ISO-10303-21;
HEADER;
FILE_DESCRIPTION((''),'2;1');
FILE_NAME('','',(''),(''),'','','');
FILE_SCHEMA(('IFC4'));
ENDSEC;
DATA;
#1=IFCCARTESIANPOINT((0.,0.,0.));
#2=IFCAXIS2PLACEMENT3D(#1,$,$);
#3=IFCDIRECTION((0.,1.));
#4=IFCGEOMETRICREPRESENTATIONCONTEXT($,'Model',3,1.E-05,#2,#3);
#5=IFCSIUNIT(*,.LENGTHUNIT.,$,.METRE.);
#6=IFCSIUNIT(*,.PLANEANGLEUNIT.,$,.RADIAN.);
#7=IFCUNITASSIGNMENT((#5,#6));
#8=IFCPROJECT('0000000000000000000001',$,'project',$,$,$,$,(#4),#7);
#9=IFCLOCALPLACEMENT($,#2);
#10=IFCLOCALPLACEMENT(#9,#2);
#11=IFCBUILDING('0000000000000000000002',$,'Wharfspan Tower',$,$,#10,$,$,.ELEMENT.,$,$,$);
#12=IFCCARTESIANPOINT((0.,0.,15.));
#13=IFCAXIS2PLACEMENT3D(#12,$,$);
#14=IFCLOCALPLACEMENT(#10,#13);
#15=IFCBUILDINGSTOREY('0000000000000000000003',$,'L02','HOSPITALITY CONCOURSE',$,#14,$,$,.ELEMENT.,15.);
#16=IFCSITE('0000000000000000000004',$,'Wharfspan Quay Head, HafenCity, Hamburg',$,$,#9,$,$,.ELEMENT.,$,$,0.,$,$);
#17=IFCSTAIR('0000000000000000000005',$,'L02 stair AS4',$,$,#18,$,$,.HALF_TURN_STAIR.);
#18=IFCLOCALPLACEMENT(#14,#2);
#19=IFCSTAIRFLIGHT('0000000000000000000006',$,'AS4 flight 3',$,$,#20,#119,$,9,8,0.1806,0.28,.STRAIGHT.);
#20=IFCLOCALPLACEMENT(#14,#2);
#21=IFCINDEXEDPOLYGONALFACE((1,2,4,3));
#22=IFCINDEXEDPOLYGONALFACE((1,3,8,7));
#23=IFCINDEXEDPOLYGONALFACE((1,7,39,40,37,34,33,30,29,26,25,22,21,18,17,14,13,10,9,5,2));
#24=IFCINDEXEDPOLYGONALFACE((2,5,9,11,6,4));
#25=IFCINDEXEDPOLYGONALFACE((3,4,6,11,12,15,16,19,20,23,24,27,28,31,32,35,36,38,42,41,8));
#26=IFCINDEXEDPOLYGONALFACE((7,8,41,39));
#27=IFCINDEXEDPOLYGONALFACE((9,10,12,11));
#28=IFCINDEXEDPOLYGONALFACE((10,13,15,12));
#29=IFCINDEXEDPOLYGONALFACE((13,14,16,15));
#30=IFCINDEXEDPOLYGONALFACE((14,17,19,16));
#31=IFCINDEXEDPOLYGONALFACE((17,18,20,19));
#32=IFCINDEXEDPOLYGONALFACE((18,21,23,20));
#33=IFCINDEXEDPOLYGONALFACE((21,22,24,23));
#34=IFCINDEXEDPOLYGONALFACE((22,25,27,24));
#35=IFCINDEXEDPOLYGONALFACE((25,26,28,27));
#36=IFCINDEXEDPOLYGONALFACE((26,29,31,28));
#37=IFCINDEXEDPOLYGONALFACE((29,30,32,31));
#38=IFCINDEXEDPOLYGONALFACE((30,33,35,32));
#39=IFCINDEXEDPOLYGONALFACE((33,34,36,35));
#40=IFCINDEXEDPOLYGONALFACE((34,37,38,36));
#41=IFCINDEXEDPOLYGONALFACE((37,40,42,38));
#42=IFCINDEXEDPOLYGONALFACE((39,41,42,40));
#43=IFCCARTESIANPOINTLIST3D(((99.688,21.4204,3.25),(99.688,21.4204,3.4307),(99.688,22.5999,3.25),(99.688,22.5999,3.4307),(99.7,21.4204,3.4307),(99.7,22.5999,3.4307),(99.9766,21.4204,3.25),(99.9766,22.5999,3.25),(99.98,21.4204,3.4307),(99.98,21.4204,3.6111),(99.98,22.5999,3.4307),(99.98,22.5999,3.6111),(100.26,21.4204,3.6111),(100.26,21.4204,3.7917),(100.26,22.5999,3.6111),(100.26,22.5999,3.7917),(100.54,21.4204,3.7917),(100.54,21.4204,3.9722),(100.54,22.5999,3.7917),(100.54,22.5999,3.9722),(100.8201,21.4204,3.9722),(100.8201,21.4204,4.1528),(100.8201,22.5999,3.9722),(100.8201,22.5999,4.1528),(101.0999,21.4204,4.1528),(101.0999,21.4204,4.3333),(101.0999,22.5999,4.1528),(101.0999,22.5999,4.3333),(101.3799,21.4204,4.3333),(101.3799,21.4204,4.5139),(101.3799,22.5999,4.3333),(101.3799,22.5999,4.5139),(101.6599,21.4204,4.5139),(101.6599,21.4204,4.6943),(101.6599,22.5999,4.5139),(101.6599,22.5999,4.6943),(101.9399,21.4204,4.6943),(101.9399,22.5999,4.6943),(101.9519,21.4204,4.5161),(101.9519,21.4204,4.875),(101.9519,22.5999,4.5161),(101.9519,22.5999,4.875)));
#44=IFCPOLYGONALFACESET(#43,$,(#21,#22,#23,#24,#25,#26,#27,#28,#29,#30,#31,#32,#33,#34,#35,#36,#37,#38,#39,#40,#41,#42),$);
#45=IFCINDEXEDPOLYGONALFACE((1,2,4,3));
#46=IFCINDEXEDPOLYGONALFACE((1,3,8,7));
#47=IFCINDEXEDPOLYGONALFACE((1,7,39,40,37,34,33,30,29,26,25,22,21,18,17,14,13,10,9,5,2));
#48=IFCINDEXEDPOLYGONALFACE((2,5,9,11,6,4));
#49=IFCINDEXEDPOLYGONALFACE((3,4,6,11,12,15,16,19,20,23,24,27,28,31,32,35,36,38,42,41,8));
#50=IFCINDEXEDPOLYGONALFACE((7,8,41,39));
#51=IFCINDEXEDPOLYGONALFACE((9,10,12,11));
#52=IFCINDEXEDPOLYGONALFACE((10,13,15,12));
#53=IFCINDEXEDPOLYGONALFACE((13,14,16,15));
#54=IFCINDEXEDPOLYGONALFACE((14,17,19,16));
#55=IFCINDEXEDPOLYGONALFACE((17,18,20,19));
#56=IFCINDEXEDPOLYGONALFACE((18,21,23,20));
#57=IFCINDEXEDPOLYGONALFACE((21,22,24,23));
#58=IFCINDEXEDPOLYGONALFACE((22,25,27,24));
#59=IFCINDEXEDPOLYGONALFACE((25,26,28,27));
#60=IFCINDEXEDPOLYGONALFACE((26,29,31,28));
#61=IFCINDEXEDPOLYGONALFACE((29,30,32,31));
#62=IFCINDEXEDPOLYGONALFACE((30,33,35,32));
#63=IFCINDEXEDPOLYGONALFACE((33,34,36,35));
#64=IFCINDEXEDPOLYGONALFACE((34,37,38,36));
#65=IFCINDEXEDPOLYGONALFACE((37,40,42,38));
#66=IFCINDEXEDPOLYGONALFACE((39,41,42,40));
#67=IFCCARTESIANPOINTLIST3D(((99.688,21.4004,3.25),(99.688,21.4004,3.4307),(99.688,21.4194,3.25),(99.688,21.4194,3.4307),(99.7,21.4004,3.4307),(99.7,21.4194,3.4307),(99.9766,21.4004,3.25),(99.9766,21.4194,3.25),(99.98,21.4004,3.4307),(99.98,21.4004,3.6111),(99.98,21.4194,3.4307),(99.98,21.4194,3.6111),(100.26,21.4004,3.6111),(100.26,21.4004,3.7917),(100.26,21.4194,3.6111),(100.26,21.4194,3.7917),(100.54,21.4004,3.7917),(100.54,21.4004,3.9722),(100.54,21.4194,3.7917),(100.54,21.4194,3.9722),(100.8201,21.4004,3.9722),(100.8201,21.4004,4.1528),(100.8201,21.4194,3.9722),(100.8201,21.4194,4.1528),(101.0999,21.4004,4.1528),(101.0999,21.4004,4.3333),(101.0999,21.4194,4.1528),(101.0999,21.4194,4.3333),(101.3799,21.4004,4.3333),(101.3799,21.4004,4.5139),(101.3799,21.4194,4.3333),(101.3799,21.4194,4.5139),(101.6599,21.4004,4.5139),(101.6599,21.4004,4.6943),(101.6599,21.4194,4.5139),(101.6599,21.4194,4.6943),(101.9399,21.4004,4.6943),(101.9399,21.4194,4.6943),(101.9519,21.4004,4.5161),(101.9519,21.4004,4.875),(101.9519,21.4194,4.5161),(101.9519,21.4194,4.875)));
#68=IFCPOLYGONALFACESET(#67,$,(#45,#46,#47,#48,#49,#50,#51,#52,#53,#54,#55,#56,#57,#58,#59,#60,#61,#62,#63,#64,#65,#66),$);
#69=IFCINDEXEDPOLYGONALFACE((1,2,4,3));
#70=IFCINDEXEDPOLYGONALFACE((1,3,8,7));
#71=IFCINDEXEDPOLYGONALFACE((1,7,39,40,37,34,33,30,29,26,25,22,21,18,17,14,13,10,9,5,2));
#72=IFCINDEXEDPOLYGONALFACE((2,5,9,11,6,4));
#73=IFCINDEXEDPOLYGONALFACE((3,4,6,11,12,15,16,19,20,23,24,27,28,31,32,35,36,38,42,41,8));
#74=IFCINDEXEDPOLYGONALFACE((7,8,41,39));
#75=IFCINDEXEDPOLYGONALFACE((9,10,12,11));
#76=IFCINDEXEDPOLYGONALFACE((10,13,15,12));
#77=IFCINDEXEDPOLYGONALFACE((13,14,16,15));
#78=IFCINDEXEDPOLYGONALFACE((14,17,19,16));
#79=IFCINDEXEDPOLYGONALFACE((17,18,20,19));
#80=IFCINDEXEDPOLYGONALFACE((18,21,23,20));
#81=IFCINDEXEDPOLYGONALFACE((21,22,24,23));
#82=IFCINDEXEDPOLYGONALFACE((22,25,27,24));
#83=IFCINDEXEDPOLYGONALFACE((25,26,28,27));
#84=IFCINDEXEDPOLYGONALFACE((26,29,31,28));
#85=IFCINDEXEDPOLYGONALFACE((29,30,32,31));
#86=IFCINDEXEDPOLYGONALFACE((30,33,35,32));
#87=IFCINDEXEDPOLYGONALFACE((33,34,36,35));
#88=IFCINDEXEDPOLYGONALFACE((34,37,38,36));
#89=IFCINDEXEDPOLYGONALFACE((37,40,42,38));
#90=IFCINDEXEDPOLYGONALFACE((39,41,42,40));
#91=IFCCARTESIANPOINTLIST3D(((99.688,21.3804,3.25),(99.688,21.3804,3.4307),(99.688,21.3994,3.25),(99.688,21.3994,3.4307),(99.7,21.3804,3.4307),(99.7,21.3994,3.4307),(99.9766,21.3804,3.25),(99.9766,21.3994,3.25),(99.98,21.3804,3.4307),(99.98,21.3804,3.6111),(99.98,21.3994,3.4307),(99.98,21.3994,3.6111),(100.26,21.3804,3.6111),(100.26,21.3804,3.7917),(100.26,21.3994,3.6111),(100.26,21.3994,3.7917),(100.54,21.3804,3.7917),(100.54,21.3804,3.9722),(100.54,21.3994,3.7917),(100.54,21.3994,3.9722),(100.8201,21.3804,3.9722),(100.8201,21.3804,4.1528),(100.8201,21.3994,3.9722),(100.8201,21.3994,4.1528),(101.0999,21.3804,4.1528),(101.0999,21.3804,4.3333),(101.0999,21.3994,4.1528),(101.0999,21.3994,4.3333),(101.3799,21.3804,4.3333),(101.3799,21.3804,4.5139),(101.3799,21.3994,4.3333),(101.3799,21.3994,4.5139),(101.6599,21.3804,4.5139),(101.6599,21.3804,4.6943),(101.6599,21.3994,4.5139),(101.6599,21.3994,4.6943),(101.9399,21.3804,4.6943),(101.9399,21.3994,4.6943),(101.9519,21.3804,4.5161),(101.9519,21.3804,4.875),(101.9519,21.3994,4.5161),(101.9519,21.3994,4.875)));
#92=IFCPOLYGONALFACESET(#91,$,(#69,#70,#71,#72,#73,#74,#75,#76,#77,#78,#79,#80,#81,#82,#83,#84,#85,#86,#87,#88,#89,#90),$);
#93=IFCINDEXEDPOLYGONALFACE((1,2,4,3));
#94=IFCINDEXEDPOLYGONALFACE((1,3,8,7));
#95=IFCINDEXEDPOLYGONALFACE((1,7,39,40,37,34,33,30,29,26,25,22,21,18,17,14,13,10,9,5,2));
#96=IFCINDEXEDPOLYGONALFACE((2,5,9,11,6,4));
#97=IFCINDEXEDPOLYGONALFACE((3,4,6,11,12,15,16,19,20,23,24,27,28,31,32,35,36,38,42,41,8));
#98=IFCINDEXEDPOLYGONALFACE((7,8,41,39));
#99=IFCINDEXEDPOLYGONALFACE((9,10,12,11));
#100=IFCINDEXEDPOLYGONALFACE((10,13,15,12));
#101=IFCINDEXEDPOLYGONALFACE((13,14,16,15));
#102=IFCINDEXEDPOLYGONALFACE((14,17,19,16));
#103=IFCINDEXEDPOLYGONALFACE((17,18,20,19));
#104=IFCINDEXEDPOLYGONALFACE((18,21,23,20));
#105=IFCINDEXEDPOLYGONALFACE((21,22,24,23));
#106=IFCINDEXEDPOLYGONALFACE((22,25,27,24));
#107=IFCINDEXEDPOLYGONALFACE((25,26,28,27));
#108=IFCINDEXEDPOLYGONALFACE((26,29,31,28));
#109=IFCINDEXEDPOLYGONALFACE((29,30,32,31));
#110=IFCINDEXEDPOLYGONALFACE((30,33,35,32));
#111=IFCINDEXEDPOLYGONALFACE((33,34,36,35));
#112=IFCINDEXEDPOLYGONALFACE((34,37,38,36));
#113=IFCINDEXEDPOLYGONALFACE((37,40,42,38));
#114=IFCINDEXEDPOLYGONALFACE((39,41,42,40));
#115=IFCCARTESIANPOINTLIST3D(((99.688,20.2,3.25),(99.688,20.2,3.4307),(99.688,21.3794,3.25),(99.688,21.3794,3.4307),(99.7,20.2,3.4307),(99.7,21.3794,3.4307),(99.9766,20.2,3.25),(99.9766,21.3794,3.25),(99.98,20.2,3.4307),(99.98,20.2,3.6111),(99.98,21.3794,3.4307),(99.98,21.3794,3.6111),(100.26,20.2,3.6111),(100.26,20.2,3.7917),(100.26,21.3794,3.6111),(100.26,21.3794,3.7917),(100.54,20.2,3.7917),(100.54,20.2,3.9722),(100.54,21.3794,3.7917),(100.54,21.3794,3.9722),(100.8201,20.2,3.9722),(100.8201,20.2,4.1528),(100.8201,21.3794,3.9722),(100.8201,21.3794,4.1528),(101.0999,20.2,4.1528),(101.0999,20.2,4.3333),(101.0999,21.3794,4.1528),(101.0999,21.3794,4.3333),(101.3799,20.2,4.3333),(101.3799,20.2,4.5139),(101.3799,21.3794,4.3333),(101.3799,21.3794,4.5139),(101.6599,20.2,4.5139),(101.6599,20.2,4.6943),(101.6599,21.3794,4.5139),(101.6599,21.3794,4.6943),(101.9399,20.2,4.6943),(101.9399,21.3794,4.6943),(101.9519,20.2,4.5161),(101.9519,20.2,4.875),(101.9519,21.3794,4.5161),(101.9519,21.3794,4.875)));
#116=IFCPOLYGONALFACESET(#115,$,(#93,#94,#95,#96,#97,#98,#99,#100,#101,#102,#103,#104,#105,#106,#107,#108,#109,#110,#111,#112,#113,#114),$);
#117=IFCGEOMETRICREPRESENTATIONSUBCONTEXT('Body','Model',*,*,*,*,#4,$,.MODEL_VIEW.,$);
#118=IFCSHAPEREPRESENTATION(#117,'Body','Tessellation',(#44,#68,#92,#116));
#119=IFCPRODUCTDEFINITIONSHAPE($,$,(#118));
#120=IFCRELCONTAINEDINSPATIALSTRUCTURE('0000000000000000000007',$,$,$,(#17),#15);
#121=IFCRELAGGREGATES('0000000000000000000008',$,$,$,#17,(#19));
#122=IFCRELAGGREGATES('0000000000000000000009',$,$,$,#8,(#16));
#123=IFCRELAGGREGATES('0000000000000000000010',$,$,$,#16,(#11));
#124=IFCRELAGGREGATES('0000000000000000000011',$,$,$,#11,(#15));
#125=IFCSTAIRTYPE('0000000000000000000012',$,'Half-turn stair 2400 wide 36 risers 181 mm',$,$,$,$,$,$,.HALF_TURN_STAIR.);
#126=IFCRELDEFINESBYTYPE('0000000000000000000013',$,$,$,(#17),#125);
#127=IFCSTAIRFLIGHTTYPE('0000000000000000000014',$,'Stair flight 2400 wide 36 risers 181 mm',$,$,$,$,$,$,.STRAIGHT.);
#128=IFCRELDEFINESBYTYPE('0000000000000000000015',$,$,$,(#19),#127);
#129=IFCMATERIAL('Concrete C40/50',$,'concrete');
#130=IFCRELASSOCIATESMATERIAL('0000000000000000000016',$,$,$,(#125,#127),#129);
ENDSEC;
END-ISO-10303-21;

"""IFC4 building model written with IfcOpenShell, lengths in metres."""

from ifc_helpers import new_model, si_unit, direction, frame, origin, place, context, subcontext, project, spatial, polyline, outline, extrude, material, type_object, element, aggregate, save


model = new_model("IFC4")

# Units and contexts
model_context = context("Model", 3, precision=1e-05, world=origin(), true_north=direction((0.0, 1.0)))
body_context = subcontext(model_context, "Body", "Model", "MODEL_VIEW")
ifc_project = project(units=[si_unit("LENGTHUNIT", "METRE"), si_unit("PLANEANGLEUNIT", "RADIAN")], contexts=[model_context])

# Site, building, storey
site_placement = place(None, origin())
site = spatial("IfcSite", under=ifc_project, at=site_placement, Name="Wharfspan Quay Head, HafenCity, Hamburg", CompositionType="ELEMENT", RefElevation=0.0)
building_placement = place(site_placement, origin())
building = spatial("IfcBuilding", under=site, at=building_placement, Name="Wharfspan Tower", CompositionType="ELEMENT")
storey_placement = place(building_placement, frame((0.0, 0.0, 15.0)))
storey = spatial("IfcBuildingStorey", under=building, at=storey_placement, Name="L02", Description="HOSPITALITY CONCOURSE", CompositionType="ELEMENT", Elevation=15.0)

# Shared definitions
ifc_material_1 = material(Name="Concrete C40/50", Category="concrete")

# Stair, stair flight
stair_type = type_object("IfcStairType", Name="Half-turn stair 2400 wide 36 risers 181 mm", PredefinedType="HALF_TURN_STAIR", material=ifc_material_1)
stair_placement = place(storey_placement, origin())
stair = element("IfcStair", 1, at=stair_placement, inside=storey, type_object=stair_type, Name="L02 stair AS4", PredefinedType="HALF_TURN_STAIR")
stair_flight_type = type_object("IfcStairFlightType", Name="Stair flight 2400 wide 36 risers 181 mm", PredefinedType="STRAIGHT", material=ifc_material_1)
stair_flight_1_placement = place(storey_placement, frame((99.7, 21.3999, 3.25), z_axis=(0.0, 0.0, 1.0), x_axis=(1.0, 0.0, 0.0)))
stair_flight_1 = element("IfcStairFlight", 2, at=stair_flight_1_placement, type_object=stair_flight_type, Name="AS4 flight 3", NumberOfRisers=9, NumberOfTreads=8, PredefinedType="STRAIGHT", RiserHeight=0.1806, TreadLength=0.28, context=body_context, shape_type="SweptSolid", body=[
    extrude(outline(polyline([(-0.012, 0.0), (-0.012, 0.1807), (0.0, 0.1807), (0.28, 0.1807), (0.28, 0.3611), (0.5601, 0.3611), (0.5601, 0.5417), (0.8401, 0.5417), (0.8401, 0.7222), (1.1201, 0.7222), (1.1201, 0.9028), (1.3999, 0.9028), (1.3999, 1.0833), (1.6799, 1.0833), (1.6799, 1.2639), (1.96, 1.2639), (1.96, 1.4443), (2.24, 1.4443), (2.252, 1.625), (2.252, 1.2661), (0.2766, 0.0), (-0.012, 0.0)])), frame((0.0, 1.2, 0.0), z_axis=(0.0, -1.0, 0.0), x_axis=(1.0, 0.0, 0.0)), (0.0, 0.0, 1.0), 1.1794),
    extrude(outline(polyline([(-0.012, 0.0), (-0.012, 0.1807), (0.0, 0.1807), (0.28, 0.1807), (0.28, 0.3611), (0.5601, 0.3611), (0.5601, 0.5417), (0.8401, 0.5417), (0.8401, 0.7222), (1.1201, 0.7222), (1.1201, 0.9028), (1.3999, 0.9028), (1.3999, 1.0833), (1.6799, 1.0833), (1.6799, 1.2639), (1.96, 1.2639), (1.96, 1.4443), (2.24, 1.4443), (2.252, 1.625), (2.252, 1.2661), (0.2766, 0.0), (-0.012, 0.0)])), frame((0.0, 0.0195, 0.0), z_axis=(0.0, -1.0, 0.0), x_axis=(1.0, 0.0, 0.0)), (0.0, 0.0, 1.0), 0.019),
    extrude(outline(polyline([(-0.012, 0.0), (-0.012, 0.1807), (0.0, 0.1807), (0.28, 0.1807), (0.28, 0.3611), (0.5601, 0.3611), (0.5601, 0.5417), (0.8401, 0.5417), (0.8401, 0.7222), (1.1201, 0.7222), (1.1201, 0.9028), (1.3999, 0.9028), (1.3999, 1.0833), (1.6799, 1.0833), (1.6799, 1.2639), (1.96, 1.2639), (1.96, 1.4443), (2.24, 1.4443), (2.252, 1.625), (2.252, 1.2661), (0.2766, 0.0), (-0.012, 0.0)])), frame((0.0, -0.0005, 0.0), z_axis=(0.0, -1.0, 0.0), x_axis=(1.0, 0.0, 0.0)), (0.0, 0.0, 1.0), 0.019),
    extrude(outline(polyline([(-0.012, 0.0), (-0.012, 0.1807), (0.0, 0.1807), (0.28, 0.1807), (0.28, 0.3611), (0.5601, 0.3611), (0.5601, 0.5417), (0.8401, 0.5417), (0.8401, 0.7222), (1.1201, 0.7222), (1.1201, 0.9028), (1.3999, 0.9028), (1.3999, 1.0833), (1.6799, 1.0833), (1.6799, 1.2639), (1.96, 1.2639), (1.96, 1.4443), (2.24, 1.4443), (2.252, 1.625), (2.252, 1.2661), (0.2766, 0.0), (-0.012, 0.0)])), frame((0.0, -0.0205, 0.0), z_axis=(0.0, -1.0, 0.0), x_axis=(1.0, 0.0, 0.0)), (0.0, 0.0, 1.0), 1.1794),
])
aggregate(stair, [stair_flight_1])

save(model, "model.ifc")
